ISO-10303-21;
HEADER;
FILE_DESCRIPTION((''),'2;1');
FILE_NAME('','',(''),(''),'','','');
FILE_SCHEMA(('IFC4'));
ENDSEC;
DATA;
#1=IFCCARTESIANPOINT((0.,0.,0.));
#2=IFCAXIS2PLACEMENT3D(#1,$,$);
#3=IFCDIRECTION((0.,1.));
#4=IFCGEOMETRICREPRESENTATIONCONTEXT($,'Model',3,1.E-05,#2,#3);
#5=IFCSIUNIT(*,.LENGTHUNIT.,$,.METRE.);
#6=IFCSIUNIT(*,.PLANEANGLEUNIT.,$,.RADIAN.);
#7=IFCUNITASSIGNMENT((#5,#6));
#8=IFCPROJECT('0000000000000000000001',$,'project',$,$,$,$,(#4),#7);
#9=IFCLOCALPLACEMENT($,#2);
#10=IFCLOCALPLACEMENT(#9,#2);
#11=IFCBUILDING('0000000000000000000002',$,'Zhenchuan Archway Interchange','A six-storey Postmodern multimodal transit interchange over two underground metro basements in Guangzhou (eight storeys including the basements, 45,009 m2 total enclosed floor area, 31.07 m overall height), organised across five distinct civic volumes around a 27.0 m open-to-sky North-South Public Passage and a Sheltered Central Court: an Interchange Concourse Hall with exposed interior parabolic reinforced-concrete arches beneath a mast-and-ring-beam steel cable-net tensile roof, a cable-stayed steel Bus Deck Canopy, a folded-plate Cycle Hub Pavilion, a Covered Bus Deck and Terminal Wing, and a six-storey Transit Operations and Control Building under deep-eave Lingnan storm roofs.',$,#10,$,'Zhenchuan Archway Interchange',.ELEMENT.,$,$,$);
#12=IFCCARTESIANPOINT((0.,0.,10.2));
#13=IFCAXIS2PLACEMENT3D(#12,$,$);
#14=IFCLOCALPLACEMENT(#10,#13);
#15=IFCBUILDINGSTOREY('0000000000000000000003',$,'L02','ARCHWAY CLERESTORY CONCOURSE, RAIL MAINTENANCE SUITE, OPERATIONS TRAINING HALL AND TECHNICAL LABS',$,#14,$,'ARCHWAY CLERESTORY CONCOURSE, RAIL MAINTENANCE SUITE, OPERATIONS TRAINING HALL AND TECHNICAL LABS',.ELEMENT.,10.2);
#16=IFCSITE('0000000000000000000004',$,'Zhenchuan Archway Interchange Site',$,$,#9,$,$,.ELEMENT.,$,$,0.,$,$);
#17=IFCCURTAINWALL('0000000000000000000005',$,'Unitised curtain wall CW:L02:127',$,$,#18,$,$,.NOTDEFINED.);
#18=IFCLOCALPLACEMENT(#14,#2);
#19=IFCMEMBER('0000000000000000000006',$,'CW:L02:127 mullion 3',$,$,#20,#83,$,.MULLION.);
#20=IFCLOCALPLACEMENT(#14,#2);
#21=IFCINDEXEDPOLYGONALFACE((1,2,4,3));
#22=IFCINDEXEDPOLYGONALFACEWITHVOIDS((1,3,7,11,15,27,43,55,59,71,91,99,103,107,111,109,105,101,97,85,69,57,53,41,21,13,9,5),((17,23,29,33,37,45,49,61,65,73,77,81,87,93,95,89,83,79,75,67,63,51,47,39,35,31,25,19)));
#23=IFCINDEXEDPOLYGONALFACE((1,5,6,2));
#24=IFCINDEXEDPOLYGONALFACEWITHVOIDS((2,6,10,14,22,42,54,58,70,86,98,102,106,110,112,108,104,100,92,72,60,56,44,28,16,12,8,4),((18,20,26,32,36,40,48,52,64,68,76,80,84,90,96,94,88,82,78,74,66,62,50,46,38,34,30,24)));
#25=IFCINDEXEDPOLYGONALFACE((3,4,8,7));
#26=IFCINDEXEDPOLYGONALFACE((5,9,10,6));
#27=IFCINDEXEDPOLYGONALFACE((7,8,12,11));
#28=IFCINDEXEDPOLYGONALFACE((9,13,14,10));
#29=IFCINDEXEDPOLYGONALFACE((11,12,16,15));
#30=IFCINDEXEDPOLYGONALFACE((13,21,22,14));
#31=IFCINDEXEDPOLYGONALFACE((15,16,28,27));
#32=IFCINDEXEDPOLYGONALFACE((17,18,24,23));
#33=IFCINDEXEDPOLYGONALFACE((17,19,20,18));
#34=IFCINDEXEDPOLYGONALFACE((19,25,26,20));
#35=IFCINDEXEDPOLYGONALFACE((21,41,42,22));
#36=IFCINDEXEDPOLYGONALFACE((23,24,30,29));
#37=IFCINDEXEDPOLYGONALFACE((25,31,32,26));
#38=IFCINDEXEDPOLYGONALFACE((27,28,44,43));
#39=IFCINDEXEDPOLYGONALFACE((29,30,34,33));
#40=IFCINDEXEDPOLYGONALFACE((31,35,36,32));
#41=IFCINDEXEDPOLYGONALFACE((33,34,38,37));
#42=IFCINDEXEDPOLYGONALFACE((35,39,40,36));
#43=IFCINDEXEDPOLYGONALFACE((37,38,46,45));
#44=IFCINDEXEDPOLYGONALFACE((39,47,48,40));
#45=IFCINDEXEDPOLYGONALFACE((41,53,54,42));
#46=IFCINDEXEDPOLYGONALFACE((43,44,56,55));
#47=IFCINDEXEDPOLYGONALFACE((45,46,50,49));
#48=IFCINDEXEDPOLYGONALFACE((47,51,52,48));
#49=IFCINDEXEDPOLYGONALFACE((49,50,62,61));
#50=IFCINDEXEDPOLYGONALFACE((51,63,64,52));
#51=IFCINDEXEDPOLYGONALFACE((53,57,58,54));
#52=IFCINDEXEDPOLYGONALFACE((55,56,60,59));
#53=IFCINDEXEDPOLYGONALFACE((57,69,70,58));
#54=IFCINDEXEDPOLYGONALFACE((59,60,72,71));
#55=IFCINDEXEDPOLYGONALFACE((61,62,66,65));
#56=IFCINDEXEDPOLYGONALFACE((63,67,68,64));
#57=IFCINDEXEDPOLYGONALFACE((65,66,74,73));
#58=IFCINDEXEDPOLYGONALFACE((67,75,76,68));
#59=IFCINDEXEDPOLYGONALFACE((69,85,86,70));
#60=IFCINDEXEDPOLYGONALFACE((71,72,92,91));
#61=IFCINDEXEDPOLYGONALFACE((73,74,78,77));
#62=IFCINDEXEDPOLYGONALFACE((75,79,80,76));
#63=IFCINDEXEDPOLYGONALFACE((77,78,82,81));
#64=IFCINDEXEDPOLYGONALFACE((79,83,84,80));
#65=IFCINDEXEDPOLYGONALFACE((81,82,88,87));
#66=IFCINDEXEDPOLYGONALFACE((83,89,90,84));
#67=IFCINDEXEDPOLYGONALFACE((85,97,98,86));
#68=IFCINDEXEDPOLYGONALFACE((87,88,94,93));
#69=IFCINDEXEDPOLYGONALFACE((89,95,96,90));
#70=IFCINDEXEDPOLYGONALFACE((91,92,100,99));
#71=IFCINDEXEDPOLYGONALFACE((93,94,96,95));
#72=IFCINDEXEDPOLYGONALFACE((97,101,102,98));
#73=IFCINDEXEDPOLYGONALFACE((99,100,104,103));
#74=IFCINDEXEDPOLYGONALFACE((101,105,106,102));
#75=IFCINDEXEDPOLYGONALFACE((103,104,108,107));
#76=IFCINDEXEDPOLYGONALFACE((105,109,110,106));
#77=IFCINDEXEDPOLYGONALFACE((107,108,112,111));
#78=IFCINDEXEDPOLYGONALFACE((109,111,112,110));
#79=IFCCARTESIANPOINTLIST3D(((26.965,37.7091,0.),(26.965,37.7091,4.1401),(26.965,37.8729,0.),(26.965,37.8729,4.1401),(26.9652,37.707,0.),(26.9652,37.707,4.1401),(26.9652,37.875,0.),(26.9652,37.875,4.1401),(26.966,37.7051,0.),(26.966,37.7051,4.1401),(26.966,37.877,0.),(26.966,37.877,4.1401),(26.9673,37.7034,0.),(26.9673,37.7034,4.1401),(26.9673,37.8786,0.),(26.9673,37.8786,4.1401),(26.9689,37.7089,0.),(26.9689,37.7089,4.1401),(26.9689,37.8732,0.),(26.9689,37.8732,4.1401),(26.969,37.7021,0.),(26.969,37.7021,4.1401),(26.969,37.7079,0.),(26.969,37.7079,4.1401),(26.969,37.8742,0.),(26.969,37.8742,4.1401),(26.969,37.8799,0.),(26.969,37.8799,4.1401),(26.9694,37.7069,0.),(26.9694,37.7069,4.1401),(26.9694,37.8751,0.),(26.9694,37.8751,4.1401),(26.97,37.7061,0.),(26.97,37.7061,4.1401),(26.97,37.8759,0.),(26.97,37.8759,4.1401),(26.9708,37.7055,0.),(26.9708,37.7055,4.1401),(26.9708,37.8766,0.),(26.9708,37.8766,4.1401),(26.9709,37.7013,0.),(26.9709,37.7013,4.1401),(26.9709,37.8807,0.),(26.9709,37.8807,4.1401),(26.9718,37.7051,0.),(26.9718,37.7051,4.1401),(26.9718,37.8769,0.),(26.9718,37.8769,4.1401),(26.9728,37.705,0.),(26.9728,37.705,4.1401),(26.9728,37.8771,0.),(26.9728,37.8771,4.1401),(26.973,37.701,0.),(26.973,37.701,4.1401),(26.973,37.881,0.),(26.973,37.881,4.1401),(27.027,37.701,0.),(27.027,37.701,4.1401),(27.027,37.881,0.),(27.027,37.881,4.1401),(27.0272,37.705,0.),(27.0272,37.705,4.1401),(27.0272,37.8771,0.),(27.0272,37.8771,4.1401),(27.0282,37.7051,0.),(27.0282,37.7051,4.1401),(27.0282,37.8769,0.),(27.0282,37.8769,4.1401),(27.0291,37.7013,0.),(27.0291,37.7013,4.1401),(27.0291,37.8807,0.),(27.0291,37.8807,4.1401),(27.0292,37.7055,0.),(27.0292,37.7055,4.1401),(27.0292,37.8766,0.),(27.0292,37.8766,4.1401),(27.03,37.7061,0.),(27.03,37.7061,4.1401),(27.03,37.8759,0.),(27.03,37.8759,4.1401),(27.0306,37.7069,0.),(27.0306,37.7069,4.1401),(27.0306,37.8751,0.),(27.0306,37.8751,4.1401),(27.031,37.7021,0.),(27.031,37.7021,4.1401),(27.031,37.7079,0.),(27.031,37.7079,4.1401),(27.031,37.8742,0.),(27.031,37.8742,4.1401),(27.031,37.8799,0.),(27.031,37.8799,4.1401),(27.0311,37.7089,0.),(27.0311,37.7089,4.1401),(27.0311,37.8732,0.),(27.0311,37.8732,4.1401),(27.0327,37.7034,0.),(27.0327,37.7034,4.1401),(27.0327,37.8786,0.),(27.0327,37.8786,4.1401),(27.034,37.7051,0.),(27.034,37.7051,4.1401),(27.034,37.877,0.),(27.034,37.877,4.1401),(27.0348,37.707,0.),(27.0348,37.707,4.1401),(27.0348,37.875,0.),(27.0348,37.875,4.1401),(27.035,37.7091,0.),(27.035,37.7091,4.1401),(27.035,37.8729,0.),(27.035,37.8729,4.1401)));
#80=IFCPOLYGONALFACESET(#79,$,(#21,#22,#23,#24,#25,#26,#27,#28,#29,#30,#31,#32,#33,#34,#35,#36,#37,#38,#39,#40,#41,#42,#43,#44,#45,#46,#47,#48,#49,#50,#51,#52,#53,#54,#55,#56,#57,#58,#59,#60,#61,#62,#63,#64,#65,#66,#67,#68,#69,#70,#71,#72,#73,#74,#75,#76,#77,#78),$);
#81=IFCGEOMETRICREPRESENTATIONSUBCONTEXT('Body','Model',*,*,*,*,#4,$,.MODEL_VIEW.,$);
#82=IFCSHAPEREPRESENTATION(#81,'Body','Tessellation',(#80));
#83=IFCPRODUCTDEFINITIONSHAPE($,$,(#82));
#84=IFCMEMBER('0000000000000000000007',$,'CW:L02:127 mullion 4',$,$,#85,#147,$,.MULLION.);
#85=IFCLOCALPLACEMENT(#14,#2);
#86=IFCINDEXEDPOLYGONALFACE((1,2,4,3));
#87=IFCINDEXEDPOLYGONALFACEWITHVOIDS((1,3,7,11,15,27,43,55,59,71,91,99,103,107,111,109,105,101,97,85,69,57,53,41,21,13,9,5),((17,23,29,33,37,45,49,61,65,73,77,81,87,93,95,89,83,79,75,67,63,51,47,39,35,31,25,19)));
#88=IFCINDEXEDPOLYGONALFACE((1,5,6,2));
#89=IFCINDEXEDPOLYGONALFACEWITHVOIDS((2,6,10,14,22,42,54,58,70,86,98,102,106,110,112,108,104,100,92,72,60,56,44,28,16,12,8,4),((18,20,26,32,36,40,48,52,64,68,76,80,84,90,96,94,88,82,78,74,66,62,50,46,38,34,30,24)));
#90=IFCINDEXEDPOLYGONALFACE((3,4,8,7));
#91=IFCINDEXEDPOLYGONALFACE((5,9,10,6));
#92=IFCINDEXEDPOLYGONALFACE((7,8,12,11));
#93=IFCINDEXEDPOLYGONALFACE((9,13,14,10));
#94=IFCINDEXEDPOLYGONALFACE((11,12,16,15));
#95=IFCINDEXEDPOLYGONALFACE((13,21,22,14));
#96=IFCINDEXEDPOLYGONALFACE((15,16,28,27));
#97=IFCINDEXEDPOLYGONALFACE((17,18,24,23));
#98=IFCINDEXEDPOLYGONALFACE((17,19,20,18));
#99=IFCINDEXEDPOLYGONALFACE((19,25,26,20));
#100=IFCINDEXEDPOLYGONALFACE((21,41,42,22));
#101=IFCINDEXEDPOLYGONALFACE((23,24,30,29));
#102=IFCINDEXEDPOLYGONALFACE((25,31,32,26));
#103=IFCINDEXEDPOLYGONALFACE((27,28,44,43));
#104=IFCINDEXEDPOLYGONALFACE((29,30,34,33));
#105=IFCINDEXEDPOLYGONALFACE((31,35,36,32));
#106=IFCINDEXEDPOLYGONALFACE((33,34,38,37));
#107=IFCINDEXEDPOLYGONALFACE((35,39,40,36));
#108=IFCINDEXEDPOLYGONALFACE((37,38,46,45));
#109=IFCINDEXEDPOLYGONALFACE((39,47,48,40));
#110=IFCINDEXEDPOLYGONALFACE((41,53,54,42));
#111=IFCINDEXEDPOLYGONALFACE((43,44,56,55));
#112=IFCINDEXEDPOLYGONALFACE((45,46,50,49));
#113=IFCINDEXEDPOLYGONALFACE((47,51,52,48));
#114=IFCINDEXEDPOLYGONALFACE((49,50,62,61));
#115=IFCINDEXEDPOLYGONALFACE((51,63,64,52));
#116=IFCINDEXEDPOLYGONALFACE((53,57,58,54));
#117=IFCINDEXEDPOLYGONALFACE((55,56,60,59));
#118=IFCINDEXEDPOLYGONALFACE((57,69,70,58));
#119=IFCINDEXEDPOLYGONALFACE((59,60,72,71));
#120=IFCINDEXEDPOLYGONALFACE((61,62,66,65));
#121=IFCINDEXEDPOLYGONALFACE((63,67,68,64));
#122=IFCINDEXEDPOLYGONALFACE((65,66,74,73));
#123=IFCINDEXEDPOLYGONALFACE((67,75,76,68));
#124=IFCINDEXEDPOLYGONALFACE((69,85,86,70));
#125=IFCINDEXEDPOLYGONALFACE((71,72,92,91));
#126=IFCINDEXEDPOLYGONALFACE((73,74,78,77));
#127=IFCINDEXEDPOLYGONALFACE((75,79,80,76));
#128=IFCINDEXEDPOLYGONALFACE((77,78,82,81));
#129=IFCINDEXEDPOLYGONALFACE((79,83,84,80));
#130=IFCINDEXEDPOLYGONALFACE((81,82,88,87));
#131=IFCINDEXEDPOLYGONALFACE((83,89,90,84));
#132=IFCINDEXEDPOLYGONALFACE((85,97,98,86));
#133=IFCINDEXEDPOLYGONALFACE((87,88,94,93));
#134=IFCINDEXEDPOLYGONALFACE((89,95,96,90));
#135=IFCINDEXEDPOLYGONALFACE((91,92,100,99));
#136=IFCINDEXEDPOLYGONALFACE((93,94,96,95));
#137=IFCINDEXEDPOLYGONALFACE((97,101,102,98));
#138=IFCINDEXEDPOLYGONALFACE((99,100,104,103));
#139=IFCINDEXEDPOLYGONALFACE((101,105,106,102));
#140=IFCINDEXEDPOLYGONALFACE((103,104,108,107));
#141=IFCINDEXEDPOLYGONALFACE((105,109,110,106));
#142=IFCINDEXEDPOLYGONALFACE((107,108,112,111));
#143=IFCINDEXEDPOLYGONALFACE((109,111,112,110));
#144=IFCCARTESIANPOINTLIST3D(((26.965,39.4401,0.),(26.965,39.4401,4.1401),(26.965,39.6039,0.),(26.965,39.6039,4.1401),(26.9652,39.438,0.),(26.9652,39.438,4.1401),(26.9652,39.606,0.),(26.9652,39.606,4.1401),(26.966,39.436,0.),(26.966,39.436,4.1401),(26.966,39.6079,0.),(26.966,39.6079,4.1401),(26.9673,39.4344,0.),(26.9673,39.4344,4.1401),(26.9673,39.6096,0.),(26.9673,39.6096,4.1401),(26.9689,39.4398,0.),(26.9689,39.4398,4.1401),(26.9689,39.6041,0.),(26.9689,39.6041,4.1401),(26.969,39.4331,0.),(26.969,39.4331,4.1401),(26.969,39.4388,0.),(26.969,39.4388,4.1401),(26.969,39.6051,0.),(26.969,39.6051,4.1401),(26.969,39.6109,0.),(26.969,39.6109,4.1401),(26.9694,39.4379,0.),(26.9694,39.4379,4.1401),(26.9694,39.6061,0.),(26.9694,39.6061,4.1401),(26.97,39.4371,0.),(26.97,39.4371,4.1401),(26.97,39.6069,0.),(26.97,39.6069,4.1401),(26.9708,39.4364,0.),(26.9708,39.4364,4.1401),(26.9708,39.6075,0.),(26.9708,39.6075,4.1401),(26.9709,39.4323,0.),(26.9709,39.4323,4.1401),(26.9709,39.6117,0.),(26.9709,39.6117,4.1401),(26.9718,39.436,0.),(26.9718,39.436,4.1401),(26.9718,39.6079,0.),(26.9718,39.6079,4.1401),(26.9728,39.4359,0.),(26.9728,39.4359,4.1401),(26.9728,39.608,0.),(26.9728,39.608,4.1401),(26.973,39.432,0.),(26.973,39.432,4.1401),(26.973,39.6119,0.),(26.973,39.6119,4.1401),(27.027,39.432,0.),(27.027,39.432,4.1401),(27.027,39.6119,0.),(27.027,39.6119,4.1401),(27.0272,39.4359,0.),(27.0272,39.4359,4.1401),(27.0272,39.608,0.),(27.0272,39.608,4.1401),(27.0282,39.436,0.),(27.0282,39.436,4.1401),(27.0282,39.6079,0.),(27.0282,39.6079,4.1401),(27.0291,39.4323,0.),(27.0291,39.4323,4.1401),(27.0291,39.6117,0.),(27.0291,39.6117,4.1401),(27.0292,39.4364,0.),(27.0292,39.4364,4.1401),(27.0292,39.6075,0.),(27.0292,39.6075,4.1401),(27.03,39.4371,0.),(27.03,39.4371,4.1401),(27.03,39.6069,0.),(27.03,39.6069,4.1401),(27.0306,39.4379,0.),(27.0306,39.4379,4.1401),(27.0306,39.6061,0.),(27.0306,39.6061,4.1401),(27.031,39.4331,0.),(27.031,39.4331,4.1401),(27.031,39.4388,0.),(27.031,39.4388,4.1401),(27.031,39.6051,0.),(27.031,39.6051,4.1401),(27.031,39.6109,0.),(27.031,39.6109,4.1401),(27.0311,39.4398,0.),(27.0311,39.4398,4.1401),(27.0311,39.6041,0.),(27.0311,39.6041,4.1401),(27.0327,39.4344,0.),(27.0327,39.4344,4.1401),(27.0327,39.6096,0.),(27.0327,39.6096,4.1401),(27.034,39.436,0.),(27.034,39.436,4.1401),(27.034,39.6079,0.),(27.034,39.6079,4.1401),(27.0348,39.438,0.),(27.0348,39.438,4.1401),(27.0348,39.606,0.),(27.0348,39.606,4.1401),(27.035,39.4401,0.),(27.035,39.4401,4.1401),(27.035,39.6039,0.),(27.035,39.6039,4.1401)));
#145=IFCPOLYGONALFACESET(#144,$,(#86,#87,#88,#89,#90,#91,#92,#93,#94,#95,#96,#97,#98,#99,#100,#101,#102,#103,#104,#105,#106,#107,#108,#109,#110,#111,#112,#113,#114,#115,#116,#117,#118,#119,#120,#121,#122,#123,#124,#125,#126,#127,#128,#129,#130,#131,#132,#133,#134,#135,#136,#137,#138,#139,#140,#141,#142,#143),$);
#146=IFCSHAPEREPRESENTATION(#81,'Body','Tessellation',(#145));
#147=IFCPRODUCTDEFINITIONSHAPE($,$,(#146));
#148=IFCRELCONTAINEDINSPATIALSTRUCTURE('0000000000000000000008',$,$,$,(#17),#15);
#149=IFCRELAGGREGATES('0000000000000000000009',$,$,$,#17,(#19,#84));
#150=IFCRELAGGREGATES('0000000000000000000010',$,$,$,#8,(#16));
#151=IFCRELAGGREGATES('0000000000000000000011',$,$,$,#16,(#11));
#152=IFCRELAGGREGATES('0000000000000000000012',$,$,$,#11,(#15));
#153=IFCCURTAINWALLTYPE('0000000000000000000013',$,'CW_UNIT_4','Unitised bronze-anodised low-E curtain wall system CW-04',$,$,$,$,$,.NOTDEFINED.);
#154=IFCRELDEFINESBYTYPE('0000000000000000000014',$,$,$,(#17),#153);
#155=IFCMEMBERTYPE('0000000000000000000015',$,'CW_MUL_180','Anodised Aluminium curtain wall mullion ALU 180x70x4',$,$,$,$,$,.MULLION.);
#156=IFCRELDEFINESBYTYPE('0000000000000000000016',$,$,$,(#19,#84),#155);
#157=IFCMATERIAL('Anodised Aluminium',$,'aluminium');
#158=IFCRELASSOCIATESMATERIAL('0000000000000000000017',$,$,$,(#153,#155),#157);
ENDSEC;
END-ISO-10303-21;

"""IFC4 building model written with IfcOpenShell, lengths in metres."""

from ifc_helpers import new_model, si_unit, direction, frame, origin, origin_2d, place, context, subcontext, project, spatial, hollow_rectangle, extrude, material, material_profile, profile_set, type_object, element, aggregate, save


model = new_model("IFC4")

# Units and contexts
model_context = context("Model", 3, precision=1e-05, world=origin(), true_north=direction((0.0, 1.0)))
body_context = subcontext(model_context, "Body", "Model", "MODEL_VIEW")
ifc_project = project(units=[si_unit("LENGTHUNIT", "METRE"), si_unit("PLANEANGLEUNIT", "RADIAN")], contexts=[model_context])

# Site, building, storey
site_placement = place(None, origin())
site = spatial("IfcSite", under=ifc_project, at=site_placement, Name="Zhenchuan Archway Interchange Site", CompositionType="ELEMENT", RefElevation=0.0)
building_placement = place(site_placement, origin())
building = spatial("IfcBuilding", under=site, at=building_placement, Name="Zhenchuan Archway Interchange", Description="A six-storey Postmodern multimodal transit interchange over two underground metro basements in Guangzhou (eight storeys including the basements, 45,009 m2 total enclosed floor area, 31.07 m overall height), organised across five distinct civic volumes around a 27.0 m open-to-sky North-South Public Passage and a Sheltered Central Court: an Interchange Concourse Hall with exposed interior parabolic reinforced-concrete arches beneath a mast-and-ring-beam steel cable-net tensile roof, a cable-stayed steel Bus Deck Canopy, a folded-plate Cycle Hub Pavilion, a Covered Bus Deck and Terminal Wing, and a six-storey Transit Operations and Control Building under deep-eave Lingnan storm roofs.", LongName="Zhenchuan Archway Interchange", CompositionType="ELEMENT")
storey_placement = place(building_placement, frame((0.0, 0.0, 10.2)))
storey = spatial("IfcBuildingStorey", under=building, at=storey_placement, Name="L02", Description="ARCHWAY CLERESTORY CONCOURSE, RAIL MAINTENANCE SUITE, OPERATIONS TRAINING HALL AND TECHNICAL LABS", LongName="ARCHWAY CLERESTORY CONCOURSE, RAIL MAINTENANCE SUITE, OPERATIONS TRAINING HALL AND TECHNICAL LABS", CompositionType="ELEMENT", Elevation=10.2)

# Curtain wall, members
ifc_material_1 = material(Name="Anodised Aluminium", Category="aluminium")
curtain_wall_type = type_object("IfcCurtainWallType", Name="CW_UNIT_4", Description="Unitised bronze-anodised low-E curtain wall system CW-04", PredefinedType="NOTDEFINED", material=ifc_material_1)
curtain_wall_placement = place(storey_placement, origin())
curtain_wall = element("IfcCurtainWall", 1, at=curtain_wall_placement, inside=storey, type_object=curtain_wall_type, Name="Unitised curtain wall CW:L02:127", PredefinedType="NOTDEFINED")
ifc_material_profile_1 = material_profile(ifc_material_1, hollow_rectangle(XDim=0.0701, YDim=0.1799, WallThickness=0.0039, InnerFilletRadius=0.0039, OuterFilletRadius=0.0081, at=origin_2d()), Name="ALU 180x70x4")
ifc_profile_set_1 = profile_set([ifc_material_profile_1], Name="Anodised Aluminium")
member_type_1 = type_object("IfcMemberType", Name="CW_MUL_180", Description="Anodised Aluminium curtain wall mullion ALU 180x70x4", PredefinedType="MULLION", material=ifc_profile_set_1)
member_1_placement = place(storey_placement, frame((27.0, 37.791, 0.0), z_axis=(0.0, 0.0, 1.0), x_axis=(1.0, 0.0, 0.0)))
member_1 = element("IfcMember", 2, at=member_1_placement, type_object=member_type_1, Name="CW:L02:127 mullion 3", PredefinedType="MULLION", context=body_context, shape_type="SweptSolid", body=[
    extrude(hollow_rectangle(XDim=0.0701, YDim=0.1799, WallThickness=0.0039, InnerFilletRadius=0.0039, OuterFilletRadius=0.0081, at=origin_2d()), origin(), (0.0, 0.0, 1.0), 4.1401),
])
member_2_placement = place(storey_placement, frame((27.0, 39.522, 0.0), z_axis=(0.0, 0.0, 1.0), x_axis=(1.0, 0.0, 0.0)))
member_2 = element("IfcMember", 3, at=member_2_placement, type_object=member_type_1, Name="CW:L02:127 mullion 4", PredefinedType="MULLION", context=body_context, shape_type="SweptSolid", body=[
    extrude(hollow_rectangle(XDim=0.0701, YDim=0.1799, WallThickness=0.0039, InnerFilletRadius=0.0039, OuterFilletRadius=0.0081, at=origin_2d()), origin(), (0.0, 0.0, 1.0), 4.1401),
])

aggregate(curtain_wall, [member_1, member_2])

save(model, "model.ifc")
